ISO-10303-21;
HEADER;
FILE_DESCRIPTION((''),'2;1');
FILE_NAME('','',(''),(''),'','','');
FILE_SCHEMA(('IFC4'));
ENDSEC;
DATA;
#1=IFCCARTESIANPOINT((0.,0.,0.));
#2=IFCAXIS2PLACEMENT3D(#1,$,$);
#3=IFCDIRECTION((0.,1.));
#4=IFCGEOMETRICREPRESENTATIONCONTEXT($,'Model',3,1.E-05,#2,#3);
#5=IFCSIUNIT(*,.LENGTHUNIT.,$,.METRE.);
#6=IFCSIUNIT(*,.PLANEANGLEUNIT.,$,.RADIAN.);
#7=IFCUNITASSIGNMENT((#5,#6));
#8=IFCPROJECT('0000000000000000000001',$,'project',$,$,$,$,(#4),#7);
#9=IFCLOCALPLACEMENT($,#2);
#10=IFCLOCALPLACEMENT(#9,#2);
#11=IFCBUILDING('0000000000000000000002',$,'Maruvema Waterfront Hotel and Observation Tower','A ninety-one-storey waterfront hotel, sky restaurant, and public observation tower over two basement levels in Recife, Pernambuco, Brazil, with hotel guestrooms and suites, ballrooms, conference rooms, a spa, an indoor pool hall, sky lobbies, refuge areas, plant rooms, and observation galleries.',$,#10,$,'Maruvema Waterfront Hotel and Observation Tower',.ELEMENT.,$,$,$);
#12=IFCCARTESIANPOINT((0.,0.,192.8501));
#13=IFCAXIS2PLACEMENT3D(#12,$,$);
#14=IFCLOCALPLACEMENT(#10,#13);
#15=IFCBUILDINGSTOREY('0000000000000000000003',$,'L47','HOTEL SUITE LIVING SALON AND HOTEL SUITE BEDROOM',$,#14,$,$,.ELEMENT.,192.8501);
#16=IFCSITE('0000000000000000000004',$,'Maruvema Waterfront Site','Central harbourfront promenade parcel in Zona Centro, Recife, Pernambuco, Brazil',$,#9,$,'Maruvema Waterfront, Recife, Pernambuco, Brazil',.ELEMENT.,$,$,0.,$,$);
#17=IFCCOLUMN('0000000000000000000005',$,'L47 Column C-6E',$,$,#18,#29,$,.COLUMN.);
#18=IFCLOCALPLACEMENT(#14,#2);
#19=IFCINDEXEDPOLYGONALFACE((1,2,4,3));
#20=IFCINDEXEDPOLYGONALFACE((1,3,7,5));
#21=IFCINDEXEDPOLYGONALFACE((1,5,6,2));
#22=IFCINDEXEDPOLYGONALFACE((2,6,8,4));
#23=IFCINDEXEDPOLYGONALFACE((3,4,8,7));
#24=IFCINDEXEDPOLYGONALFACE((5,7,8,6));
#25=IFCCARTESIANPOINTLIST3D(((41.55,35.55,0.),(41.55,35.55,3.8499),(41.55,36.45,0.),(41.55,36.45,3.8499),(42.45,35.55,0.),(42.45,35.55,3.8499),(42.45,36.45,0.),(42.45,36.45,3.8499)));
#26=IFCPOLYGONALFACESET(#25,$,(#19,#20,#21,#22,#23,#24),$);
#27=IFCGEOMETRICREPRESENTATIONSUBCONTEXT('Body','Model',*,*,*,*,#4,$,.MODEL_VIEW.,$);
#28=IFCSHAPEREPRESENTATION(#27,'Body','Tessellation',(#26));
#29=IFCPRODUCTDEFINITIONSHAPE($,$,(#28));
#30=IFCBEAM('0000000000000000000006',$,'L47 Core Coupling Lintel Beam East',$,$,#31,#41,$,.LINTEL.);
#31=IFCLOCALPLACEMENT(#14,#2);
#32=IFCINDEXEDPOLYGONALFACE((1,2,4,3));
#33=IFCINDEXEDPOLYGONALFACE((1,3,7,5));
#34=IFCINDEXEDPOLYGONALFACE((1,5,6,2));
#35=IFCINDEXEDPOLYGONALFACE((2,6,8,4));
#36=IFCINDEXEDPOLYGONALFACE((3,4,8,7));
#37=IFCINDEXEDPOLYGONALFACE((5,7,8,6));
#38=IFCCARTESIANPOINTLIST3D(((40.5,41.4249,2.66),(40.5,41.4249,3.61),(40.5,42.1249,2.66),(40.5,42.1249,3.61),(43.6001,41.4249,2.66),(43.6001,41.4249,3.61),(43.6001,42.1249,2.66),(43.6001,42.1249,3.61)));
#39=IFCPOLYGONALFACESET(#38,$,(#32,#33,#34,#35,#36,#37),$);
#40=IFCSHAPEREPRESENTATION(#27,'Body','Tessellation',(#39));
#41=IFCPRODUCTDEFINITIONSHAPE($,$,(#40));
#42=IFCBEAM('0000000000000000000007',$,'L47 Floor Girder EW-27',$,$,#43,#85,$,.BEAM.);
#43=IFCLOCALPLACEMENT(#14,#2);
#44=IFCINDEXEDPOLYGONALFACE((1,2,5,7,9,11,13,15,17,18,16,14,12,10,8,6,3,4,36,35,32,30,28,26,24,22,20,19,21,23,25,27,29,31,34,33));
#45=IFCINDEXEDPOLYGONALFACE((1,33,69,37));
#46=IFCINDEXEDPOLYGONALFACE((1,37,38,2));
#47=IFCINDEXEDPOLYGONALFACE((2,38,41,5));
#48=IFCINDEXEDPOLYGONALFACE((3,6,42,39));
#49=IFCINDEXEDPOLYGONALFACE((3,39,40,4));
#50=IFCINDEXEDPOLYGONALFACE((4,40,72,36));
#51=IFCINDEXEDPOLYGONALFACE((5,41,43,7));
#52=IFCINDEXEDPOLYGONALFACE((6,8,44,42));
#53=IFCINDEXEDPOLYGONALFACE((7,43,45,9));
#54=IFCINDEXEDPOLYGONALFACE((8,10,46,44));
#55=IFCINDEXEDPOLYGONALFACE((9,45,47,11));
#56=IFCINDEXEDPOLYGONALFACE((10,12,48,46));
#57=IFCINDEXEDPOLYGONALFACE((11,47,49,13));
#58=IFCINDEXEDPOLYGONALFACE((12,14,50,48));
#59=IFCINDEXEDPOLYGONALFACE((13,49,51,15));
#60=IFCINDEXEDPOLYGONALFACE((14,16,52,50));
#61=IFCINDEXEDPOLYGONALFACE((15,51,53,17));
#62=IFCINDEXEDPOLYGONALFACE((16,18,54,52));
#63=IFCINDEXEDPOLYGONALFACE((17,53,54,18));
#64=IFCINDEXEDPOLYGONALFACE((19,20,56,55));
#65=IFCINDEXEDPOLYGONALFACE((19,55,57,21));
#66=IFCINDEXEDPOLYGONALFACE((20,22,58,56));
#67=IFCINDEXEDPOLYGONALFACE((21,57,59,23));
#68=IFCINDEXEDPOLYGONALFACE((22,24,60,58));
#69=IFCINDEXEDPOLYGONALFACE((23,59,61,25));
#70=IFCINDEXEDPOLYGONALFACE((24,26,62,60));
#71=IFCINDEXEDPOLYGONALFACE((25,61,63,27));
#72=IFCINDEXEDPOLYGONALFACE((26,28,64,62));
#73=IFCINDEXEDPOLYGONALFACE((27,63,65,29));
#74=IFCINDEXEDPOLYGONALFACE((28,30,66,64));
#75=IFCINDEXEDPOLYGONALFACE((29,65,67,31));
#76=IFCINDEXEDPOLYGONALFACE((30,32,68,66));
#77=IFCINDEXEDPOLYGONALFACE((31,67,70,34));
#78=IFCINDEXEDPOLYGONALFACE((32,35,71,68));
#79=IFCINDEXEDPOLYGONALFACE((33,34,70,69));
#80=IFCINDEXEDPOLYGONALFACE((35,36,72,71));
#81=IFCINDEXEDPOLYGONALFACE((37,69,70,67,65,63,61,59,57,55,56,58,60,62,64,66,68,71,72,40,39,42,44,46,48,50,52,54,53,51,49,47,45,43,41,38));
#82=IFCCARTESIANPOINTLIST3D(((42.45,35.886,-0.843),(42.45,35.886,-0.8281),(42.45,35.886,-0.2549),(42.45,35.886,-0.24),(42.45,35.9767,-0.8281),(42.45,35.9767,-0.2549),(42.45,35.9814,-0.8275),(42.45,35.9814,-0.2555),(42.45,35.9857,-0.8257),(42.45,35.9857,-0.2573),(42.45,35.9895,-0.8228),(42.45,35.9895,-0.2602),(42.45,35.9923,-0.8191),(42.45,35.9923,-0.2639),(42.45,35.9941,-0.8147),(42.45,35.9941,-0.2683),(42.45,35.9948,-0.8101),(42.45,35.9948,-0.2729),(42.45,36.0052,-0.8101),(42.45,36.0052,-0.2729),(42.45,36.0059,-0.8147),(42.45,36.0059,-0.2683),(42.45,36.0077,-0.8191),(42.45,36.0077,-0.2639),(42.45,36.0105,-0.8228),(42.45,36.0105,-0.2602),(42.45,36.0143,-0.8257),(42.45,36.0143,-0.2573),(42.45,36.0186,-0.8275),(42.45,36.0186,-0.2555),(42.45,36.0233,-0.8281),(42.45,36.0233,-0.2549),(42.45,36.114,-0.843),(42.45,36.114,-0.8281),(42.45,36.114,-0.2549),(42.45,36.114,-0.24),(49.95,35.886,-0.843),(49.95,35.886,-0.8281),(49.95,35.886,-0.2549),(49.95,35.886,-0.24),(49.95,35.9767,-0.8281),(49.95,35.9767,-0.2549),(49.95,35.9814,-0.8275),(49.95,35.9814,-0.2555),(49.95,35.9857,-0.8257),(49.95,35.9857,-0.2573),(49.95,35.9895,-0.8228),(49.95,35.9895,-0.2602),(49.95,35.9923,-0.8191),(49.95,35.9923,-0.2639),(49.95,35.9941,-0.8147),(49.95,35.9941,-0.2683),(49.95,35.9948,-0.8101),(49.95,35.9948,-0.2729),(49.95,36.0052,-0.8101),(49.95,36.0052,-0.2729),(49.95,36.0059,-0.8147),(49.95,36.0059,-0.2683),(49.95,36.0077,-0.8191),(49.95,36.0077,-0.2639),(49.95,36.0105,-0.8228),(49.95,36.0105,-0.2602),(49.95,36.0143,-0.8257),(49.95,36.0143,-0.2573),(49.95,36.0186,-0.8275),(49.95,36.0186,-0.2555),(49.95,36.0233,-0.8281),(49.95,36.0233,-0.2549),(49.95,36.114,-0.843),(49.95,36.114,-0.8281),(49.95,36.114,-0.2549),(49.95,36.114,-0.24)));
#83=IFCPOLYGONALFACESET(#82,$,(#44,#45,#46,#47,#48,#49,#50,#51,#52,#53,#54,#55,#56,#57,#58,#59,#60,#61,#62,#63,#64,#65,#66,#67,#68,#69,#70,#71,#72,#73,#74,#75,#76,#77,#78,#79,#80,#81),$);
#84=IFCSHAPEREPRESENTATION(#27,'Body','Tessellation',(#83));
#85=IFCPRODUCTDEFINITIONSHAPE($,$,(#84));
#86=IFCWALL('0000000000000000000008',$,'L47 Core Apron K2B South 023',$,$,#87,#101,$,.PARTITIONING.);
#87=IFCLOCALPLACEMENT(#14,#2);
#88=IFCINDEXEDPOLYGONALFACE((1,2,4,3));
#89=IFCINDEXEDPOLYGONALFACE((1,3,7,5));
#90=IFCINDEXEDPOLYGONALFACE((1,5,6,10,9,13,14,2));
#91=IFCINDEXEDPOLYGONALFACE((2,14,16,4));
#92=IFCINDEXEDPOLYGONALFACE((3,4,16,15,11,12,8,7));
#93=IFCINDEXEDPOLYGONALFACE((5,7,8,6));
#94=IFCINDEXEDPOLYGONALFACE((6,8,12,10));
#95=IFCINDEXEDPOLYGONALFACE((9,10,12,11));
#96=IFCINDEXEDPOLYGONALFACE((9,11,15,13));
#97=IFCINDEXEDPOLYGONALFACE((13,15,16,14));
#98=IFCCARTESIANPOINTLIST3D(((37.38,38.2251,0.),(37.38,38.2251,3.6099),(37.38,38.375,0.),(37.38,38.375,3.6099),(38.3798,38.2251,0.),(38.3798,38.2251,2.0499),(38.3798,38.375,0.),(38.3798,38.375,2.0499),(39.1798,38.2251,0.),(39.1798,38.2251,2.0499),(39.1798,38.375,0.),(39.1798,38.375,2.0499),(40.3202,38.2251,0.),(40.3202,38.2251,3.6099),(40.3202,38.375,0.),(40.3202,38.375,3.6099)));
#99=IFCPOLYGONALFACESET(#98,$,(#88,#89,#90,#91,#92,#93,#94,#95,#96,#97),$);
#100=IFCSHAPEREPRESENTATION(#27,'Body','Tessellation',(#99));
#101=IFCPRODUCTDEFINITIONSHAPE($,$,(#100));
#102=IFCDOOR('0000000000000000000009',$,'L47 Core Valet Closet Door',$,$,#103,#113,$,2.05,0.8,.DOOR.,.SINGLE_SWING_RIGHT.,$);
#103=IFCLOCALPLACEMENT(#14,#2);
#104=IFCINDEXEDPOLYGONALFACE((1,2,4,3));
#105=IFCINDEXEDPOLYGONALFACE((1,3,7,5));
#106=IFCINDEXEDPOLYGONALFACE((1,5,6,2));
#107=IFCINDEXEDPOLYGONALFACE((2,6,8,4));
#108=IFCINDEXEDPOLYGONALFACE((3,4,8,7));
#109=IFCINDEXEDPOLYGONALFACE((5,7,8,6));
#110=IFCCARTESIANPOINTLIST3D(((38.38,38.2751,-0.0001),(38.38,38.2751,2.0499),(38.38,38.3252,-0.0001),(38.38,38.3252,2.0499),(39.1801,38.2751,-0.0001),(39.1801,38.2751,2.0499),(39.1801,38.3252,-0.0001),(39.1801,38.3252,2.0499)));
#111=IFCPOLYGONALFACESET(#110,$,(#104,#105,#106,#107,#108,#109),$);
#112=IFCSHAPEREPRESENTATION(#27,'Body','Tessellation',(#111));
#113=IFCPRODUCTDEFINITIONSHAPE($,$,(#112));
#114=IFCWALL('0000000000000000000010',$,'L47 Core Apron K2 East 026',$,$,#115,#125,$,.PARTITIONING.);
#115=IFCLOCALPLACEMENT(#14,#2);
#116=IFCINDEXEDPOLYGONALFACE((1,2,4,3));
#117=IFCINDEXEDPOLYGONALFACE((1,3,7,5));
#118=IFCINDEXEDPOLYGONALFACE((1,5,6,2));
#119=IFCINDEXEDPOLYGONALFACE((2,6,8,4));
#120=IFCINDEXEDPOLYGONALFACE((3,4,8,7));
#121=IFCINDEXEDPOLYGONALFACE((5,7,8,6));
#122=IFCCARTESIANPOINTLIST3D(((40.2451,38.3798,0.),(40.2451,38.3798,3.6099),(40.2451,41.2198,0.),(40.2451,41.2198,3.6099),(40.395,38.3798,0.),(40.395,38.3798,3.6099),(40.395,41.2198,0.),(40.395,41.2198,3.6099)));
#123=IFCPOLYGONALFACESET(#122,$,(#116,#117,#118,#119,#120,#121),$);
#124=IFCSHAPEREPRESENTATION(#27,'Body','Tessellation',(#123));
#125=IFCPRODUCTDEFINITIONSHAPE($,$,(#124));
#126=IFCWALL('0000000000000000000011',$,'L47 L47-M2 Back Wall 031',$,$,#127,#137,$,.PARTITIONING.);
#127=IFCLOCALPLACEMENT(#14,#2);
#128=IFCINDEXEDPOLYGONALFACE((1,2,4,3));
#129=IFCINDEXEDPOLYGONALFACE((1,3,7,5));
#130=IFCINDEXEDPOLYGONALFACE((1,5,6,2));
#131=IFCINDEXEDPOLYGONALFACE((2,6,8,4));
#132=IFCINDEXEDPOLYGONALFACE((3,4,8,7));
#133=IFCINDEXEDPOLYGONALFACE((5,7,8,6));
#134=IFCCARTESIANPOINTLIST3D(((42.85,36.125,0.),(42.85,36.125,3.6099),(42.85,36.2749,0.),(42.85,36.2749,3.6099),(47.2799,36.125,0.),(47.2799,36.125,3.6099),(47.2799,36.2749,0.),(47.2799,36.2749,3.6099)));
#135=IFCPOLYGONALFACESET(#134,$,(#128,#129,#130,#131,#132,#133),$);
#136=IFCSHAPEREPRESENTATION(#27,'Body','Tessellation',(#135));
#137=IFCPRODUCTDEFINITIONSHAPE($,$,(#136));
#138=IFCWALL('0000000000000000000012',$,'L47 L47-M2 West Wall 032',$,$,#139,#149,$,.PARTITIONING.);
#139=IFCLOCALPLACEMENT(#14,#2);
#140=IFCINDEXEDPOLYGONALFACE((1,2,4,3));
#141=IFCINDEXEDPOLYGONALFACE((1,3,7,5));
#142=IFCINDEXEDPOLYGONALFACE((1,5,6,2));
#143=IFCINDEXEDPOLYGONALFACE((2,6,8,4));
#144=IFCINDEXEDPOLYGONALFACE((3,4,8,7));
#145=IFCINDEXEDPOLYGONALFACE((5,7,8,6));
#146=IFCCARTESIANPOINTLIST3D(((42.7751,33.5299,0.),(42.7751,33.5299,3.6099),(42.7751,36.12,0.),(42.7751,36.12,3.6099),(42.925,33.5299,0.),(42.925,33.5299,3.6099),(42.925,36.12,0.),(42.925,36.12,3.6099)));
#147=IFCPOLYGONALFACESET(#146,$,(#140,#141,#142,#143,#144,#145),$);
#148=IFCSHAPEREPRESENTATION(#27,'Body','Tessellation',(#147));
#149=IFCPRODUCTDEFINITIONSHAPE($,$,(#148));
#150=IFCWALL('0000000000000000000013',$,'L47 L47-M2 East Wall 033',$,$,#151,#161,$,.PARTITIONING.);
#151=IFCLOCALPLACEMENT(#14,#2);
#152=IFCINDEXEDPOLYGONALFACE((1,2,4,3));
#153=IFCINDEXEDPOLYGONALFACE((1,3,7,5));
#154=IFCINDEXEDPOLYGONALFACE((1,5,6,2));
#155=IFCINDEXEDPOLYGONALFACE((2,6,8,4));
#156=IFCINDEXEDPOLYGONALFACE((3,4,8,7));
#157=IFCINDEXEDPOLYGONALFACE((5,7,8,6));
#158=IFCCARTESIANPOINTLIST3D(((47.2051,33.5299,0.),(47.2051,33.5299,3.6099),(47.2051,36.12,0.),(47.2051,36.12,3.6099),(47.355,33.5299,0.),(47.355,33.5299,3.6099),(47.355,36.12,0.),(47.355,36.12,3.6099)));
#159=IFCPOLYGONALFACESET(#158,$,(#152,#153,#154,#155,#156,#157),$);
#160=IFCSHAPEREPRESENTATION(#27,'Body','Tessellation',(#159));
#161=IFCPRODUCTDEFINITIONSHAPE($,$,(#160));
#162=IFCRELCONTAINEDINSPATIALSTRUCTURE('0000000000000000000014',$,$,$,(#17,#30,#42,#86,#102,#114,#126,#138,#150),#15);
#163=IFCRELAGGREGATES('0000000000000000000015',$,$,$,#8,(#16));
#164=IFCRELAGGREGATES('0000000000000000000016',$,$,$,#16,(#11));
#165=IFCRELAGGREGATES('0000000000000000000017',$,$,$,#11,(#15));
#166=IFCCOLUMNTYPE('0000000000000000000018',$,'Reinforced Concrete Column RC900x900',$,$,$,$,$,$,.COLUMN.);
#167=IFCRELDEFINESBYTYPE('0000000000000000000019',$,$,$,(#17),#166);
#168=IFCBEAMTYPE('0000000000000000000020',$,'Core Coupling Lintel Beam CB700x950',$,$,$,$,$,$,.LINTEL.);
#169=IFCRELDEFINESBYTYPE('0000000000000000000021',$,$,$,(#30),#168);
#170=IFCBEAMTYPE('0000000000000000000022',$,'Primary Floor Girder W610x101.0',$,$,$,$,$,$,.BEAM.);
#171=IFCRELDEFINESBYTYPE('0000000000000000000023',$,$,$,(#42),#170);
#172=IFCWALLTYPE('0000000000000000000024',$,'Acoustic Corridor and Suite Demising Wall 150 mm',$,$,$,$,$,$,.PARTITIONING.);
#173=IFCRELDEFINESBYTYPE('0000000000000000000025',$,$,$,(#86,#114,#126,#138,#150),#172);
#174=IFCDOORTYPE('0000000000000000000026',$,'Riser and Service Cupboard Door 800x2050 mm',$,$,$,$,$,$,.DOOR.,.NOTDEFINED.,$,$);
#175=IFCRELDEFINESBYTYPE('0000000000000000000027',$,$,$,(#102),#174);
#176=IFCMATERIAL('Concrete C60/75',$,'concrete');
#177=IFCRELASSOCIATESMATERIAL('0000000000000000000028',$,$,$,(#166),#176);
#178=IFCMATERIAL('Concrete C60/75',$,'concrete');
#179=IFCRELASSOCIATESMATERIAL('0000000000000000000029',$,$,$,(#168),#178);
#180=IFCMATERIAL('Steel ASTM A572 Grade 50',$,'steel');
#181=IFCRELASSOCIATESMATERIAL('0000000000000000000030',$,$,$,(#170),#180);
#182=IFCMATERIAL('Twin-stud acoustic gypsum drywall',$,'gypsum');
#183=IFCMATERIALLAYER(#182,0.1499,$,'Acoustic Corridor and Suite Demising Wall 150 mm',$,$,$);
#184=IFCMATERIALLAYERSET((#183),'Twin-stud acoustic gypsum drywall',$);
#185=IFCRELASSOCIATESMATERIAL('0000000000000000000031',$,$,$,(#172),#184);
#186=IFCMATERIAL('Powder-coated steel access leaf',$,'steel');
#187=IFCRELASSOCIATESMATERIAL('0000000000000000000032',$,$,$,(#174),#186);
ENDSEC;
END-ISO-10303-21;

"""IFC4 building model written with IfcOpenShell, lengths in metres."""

from ifc_helpers import new_model, si_unit, direction, frame, frame_2d, origin, origin_2d, place, context, subcontext, project, spatial, rectangle, i_section, extrude, material, layer, layer_set, material_profile, profile_set, type_object, element, fill, save


model = new_model("IFC4")

# Units and contexts
model_context = context("Model", 3, precision=1e-05, world=origin(), true_north=direction((0.0, 1.0)))
body_context = subcontext(model_context, "Body", "Model", "MODEL_VIEW")
ifc_project = project(units=[si_unit("LENGTHUNIT", "METRE"), si_unit("PLANEANGLEUNIT", "RADIAN")], contexts=[model_context])

# Site, building, storey
site_placement = place(None, origin())
site = spatial("IfcSite", under=ifc_project, at=site_placement, Name="Maruvema Waterfront Site", Description="Central harbourfront promenade parcel in Zona Centro, Recife, Pernambuco, Brazil", LongName="Maruvema Waterfront, Recife, Pernambuco, Brazil", CompositionType="ELEMENT", RefElevation=0.0)
building_placement = place(site_placement, origin())
building = spatial("IfcBuilding", under=site, at=building_placement, Name="Maruvema Waterfront Hotel and Observation Tower", Description="A ninety-one-storey waterfront hotel, sky restaurant, and public observation tower over two basement levels in Recife, Pernambuco, Brazil, with hotel guestrooms and suites, ballrooms, conference rooms, a spa, an indoor pool hall, sky lobbies, refuge areas, plant rooms, and observation galleries.", LongName="Maruvema Waterfront Hotel and Observation Tower", CompositionType="ELEMENT")
storey_placement = place(building_placement, frame((0.0, 0.0, 192.8501)))
storey = spatial("IfcBuildingStorey", under=building, at=storey_placement, Name="L47", Description="HOTEL SUITE LIVING SALON AND HOTEL SUITE BEDROOM", CompositionType="ELEMENT", Elevation=192.8501)

# Column
ifc_material_1 = material(Name="Concrete C60/75", Category="concrete")
ifc_material_profile_1 = material_profile(ifc_material_1, rectangle(XDim=0.8999, YDim=0.8999, at=origin_2d()), Name="RC900x900")
ifc_profile_set_1 = profile_set([ifc_material_profile_1], Name="Concrete C60/75")
column_type = type_object("IfcColumnType", Name="Reinforced Concrete Column RC900x900", PredefinedType="COLUMN", material=ifc_profile_set_1)
column_placement = place(storey_placement, frame((42.0, 36.0, 0.0), z_axis=(0.0, 0.0, 1.0), x_axis=(1.0, 0.0, 0.0)))
element("IfcColumn", 1, at=column_placement, inside=storey, type_object=column_type, Name="L47 Column C-6E", PredefinedType="COLUMN", context=body_context, shape_type="SweptSolid", body=[
    extrude(rectangle(XDim=0.8999, YDim=0.8999, at=origin_2d()), origin(), (0.0, 0.0, 1.0), 3.8499),
])

# Beams
ifc_material_2 = material(Name="Concrete C60/75", Category="concrete")
ifc_material_profile_2 = material_profile(ifc_material_2, rectangle(XDim=0.7, YDim=0.95, at=origin_2d()), Name="CB700x950")
ifc_profile_set_2 = profile_set([ifc_material_profile_2], Name="Concrete C60/75")
beam_type_1 = type_object("IfcBeamType", Name="Core Coupling Lintel Beam CB700x950", PredefinedType="LINTEL", material=ifc_profile_set_2)
beam_1_placement = place(storey_placement, frame((40.5, 41.7749, 3.135), z_axis=(1.0, 0.0, 0.0), x_axis=(0.0, 1.0, 0.0)))
element("IfcBeam", 2, at=beam_1_placement, inside=storey, type_object=beam_type_1, Name="L47 Core Coupling Lintel Beam East", PredefinedType="LINTEL", context=body_context, shape_type="SweptSolid", body=[
    extrude(rectangle(XDim=0.7, YDim=0.95, at=origin_2d()), origin(), (0.0, 0.0, 1.0), 3.1001),
])
ifc_material_3 = material(Name="Steel ASTM A572 Grade 50", Category="steel")
ifc_material_profile_3 = material_profile(ifc_material_3, i_section(OverallWidth=0.228, OverallDepth=0.603, WebThickness=0.0105, FlangeThickness=0.0149, FilletRadius=0.0181, at=origin_2d()), Name="W610x101.0")
ifc_profile_set_3 = profile_set([ifc_material_profile_3], Name="Steel ASTM A572 Grade 50")
beam_type_2 = type_object("IfcBeamType", Name="Primary Floor Girder W610x101.0", PredefinedType="BEAM", material=ifc_profile_set_3)
beam_2_placement = place(storey_placement, frame((42.45, 36.0, -0.5415), z_axis=(1.0, 0.0, 0.0), x_axis=(0.0, 1.0, 0.0)))
element("IfcBeam", 3, at=beam_2_placement, inside=storey, type_object=beam_type_2, Name="L47 Floor Girder EW-27", PredefinedType="BEAM", context=body_context, shape_type="SweptSolid", body=[
    extrude(i_section(OverallWidth=0.228, OverallDepth=0.603, WebThickness=0.0105, FlangeThickness=0.0149, FilletRadius=0.0181, at=origin_2d()), origin(), (0.0, 0.0, 1.0), 7.5),
])

# Wall, opening, door
ifc_material_4 = material(Name="Twin-stud acoustic gypsum drywall", Category="gypsum")
ifc_layer_1 = layer(ifc_material_4, 0.1499, Name="Acoustic Corridor and Suite Demising Wall 150 mm")
ifc_layer_set_1 = layer_set([ifc_layer_1], Name="Twin-stud acoustic gypsum drywall")
wall_type_1 = type_object("IfcWallType", Name="Acoustic Corridor and Suite Demising Wall 150 mm", PredefinedType="PARTITIONING", material=ifc_layer_set_1)
wall_1_placement = place(storey_placement, frame((37.3799, 38.3, 0.0), z_axis=(0.0, 0.0, 1.0), x_axis=(1.0, 0.0, 0.0)))
wall_1 = element("IfcWall", 4, at=wall_1_placement, inside=storey, type_object=wall_type_1, Name="L47 Core Apron K2B South 023", PredefinedType="PARTITIONING", context=body_context, shape_type="SweptSolid", body=[
    extrude(rectangle(XDim=2.9402, YDim=0.1499, at=frame_2d((1.4702, 0.0))), origin(), (0.0, 0.0, 1.0), 3.6099),
])
opening_1_placement = place(wall_1_placement, frame((1.0, 0.0, 0.0)))
opening_1 = element("IfcOpeningElement", 5, at=opening_1_placement, cuts=wall_1, PredefinedType="OPENING", context=body_context, shape_type="SweptSolid", body=[
    extrude(rectangle(XDim=0.8, YDim=2.05, at=frame_2d((0.3999, 1.0249))), frame((0.0, 0.085, 0.0), z_axis=(0.0, -1.0, 0.0), x_axis=(1.0, 0.0, 0.0)), (0.0, 0.0, 1.0), 0.1699),
])
ifc_material_5 = material(Name="Powder-coated steel access leaf", Category="steel")
door_type_1 = type_object("IfcDoorType", Name="Riser and Service Cupboard Door 800x2050 mm", OperationType="NOTDEFINED", PredefinedType="DOOR", material=ifc_material_5)
door_1_placement = place(opening_1_placement, frame((0.8, 0.0, 0.0), z_axis=(0.0, 0.0, 1.0), x_axis=(-1.0, 0.0, 0.0)))
door_1 = element("IfcDoor", 6, at=door_1_placement, inside=storey, type_object=door_type_1, Name="L47 Core Valet Closet Door", OperationType="SINGLE_SWING_RIGHT", OverallHeight=2.05, OverallWidth=0.8, PredefinedType="DOOR", context=body_context, shape_type="SweptSolid", body=[
    extrude(rectangle(XDim=0.8, YDim=2.05, at=frame_2d((0.3999, 1.0249))), frame((0.0, 0.0249, 0.0), z_axis=(0.0, -1.0, 0.0), x_axis=(1.0, 0.0, 0.0)), (0.0, 0.0, 1.0), 0.05),
])
fill(opening_1, door_1)

# Walls
wall_2_placement = place(storey_placement, frame((40.3201, 38.3799, 0.0), z_axis=(0.0, 0.0, 1.0), x_axis=(0.0, 1.0, 0.0)))
element("IfcWall", 7, at=wall_2_placement, inside=storey, type_object=wall_type_1, Name="L47 Core Apron K2 East 026", PredefinedType="PARTITIONING", context=body_context, shape_type="SweptSolid", body=[
    extrude(rectangle(XDim=2.8401, YDim=0.1499, at=frame_2d((1.4199, 0.0))), origin(), (0.0, 0.0, 1.0), 3.6099),
])
wall_3_placement = place(storey_placement, frame((42.8501, 36.2, 0.0), z_axis=(0.0, 0.0, 1.0), x_axis=(1.0, 0.0, 0.0)))
element("IfcWall", 8, at=wall_3_placement, inside=storey, type_object=wall_type_1, Name="L47 L47-M2 Back Wall 031", PredefinedType="PARTITIONING", context=body_context, shape_type="SweptSolid", body=[
    extrude(rectangle(XDim=4.4299, YDim=0.1499, at=frame_2d((2.2148, 0.0))), origin(), (0.0, 0.0, 1.0), 3.6099),
])
for number, where, z_axis, x_axis, name in (
    (9, (42.8501, 33.53, 0.0), (0.0, 0.0, 1.0), (0.0, 1.0, 0.0), "L47 L47-M2 West Wall 032"),
    (10, (47.28, 33.53, 0.0), (0.0, 0.0, 1.0), (0.0, 1.0, 0.0), "L47 L47-M2 East Wall 033"),
):
    element("IfcWall", number, at=place(storey_placement, frame(where, z_axis=z_axis, x_axis=x_axis)), inside=storey, type_object=wall_type_1, Name=name, PredefinedType="PARTITIONING", context=body_context, shape_type="SweptSolid", body=[
        extrude(rectangle(XDim=2.5901, YDim=0.1499, at=frame_2d((1.2949, 0.0))), origin(), (0.0, 0.0, 1.0), 3.6099),
    ])

save(model, "model.ifc")
